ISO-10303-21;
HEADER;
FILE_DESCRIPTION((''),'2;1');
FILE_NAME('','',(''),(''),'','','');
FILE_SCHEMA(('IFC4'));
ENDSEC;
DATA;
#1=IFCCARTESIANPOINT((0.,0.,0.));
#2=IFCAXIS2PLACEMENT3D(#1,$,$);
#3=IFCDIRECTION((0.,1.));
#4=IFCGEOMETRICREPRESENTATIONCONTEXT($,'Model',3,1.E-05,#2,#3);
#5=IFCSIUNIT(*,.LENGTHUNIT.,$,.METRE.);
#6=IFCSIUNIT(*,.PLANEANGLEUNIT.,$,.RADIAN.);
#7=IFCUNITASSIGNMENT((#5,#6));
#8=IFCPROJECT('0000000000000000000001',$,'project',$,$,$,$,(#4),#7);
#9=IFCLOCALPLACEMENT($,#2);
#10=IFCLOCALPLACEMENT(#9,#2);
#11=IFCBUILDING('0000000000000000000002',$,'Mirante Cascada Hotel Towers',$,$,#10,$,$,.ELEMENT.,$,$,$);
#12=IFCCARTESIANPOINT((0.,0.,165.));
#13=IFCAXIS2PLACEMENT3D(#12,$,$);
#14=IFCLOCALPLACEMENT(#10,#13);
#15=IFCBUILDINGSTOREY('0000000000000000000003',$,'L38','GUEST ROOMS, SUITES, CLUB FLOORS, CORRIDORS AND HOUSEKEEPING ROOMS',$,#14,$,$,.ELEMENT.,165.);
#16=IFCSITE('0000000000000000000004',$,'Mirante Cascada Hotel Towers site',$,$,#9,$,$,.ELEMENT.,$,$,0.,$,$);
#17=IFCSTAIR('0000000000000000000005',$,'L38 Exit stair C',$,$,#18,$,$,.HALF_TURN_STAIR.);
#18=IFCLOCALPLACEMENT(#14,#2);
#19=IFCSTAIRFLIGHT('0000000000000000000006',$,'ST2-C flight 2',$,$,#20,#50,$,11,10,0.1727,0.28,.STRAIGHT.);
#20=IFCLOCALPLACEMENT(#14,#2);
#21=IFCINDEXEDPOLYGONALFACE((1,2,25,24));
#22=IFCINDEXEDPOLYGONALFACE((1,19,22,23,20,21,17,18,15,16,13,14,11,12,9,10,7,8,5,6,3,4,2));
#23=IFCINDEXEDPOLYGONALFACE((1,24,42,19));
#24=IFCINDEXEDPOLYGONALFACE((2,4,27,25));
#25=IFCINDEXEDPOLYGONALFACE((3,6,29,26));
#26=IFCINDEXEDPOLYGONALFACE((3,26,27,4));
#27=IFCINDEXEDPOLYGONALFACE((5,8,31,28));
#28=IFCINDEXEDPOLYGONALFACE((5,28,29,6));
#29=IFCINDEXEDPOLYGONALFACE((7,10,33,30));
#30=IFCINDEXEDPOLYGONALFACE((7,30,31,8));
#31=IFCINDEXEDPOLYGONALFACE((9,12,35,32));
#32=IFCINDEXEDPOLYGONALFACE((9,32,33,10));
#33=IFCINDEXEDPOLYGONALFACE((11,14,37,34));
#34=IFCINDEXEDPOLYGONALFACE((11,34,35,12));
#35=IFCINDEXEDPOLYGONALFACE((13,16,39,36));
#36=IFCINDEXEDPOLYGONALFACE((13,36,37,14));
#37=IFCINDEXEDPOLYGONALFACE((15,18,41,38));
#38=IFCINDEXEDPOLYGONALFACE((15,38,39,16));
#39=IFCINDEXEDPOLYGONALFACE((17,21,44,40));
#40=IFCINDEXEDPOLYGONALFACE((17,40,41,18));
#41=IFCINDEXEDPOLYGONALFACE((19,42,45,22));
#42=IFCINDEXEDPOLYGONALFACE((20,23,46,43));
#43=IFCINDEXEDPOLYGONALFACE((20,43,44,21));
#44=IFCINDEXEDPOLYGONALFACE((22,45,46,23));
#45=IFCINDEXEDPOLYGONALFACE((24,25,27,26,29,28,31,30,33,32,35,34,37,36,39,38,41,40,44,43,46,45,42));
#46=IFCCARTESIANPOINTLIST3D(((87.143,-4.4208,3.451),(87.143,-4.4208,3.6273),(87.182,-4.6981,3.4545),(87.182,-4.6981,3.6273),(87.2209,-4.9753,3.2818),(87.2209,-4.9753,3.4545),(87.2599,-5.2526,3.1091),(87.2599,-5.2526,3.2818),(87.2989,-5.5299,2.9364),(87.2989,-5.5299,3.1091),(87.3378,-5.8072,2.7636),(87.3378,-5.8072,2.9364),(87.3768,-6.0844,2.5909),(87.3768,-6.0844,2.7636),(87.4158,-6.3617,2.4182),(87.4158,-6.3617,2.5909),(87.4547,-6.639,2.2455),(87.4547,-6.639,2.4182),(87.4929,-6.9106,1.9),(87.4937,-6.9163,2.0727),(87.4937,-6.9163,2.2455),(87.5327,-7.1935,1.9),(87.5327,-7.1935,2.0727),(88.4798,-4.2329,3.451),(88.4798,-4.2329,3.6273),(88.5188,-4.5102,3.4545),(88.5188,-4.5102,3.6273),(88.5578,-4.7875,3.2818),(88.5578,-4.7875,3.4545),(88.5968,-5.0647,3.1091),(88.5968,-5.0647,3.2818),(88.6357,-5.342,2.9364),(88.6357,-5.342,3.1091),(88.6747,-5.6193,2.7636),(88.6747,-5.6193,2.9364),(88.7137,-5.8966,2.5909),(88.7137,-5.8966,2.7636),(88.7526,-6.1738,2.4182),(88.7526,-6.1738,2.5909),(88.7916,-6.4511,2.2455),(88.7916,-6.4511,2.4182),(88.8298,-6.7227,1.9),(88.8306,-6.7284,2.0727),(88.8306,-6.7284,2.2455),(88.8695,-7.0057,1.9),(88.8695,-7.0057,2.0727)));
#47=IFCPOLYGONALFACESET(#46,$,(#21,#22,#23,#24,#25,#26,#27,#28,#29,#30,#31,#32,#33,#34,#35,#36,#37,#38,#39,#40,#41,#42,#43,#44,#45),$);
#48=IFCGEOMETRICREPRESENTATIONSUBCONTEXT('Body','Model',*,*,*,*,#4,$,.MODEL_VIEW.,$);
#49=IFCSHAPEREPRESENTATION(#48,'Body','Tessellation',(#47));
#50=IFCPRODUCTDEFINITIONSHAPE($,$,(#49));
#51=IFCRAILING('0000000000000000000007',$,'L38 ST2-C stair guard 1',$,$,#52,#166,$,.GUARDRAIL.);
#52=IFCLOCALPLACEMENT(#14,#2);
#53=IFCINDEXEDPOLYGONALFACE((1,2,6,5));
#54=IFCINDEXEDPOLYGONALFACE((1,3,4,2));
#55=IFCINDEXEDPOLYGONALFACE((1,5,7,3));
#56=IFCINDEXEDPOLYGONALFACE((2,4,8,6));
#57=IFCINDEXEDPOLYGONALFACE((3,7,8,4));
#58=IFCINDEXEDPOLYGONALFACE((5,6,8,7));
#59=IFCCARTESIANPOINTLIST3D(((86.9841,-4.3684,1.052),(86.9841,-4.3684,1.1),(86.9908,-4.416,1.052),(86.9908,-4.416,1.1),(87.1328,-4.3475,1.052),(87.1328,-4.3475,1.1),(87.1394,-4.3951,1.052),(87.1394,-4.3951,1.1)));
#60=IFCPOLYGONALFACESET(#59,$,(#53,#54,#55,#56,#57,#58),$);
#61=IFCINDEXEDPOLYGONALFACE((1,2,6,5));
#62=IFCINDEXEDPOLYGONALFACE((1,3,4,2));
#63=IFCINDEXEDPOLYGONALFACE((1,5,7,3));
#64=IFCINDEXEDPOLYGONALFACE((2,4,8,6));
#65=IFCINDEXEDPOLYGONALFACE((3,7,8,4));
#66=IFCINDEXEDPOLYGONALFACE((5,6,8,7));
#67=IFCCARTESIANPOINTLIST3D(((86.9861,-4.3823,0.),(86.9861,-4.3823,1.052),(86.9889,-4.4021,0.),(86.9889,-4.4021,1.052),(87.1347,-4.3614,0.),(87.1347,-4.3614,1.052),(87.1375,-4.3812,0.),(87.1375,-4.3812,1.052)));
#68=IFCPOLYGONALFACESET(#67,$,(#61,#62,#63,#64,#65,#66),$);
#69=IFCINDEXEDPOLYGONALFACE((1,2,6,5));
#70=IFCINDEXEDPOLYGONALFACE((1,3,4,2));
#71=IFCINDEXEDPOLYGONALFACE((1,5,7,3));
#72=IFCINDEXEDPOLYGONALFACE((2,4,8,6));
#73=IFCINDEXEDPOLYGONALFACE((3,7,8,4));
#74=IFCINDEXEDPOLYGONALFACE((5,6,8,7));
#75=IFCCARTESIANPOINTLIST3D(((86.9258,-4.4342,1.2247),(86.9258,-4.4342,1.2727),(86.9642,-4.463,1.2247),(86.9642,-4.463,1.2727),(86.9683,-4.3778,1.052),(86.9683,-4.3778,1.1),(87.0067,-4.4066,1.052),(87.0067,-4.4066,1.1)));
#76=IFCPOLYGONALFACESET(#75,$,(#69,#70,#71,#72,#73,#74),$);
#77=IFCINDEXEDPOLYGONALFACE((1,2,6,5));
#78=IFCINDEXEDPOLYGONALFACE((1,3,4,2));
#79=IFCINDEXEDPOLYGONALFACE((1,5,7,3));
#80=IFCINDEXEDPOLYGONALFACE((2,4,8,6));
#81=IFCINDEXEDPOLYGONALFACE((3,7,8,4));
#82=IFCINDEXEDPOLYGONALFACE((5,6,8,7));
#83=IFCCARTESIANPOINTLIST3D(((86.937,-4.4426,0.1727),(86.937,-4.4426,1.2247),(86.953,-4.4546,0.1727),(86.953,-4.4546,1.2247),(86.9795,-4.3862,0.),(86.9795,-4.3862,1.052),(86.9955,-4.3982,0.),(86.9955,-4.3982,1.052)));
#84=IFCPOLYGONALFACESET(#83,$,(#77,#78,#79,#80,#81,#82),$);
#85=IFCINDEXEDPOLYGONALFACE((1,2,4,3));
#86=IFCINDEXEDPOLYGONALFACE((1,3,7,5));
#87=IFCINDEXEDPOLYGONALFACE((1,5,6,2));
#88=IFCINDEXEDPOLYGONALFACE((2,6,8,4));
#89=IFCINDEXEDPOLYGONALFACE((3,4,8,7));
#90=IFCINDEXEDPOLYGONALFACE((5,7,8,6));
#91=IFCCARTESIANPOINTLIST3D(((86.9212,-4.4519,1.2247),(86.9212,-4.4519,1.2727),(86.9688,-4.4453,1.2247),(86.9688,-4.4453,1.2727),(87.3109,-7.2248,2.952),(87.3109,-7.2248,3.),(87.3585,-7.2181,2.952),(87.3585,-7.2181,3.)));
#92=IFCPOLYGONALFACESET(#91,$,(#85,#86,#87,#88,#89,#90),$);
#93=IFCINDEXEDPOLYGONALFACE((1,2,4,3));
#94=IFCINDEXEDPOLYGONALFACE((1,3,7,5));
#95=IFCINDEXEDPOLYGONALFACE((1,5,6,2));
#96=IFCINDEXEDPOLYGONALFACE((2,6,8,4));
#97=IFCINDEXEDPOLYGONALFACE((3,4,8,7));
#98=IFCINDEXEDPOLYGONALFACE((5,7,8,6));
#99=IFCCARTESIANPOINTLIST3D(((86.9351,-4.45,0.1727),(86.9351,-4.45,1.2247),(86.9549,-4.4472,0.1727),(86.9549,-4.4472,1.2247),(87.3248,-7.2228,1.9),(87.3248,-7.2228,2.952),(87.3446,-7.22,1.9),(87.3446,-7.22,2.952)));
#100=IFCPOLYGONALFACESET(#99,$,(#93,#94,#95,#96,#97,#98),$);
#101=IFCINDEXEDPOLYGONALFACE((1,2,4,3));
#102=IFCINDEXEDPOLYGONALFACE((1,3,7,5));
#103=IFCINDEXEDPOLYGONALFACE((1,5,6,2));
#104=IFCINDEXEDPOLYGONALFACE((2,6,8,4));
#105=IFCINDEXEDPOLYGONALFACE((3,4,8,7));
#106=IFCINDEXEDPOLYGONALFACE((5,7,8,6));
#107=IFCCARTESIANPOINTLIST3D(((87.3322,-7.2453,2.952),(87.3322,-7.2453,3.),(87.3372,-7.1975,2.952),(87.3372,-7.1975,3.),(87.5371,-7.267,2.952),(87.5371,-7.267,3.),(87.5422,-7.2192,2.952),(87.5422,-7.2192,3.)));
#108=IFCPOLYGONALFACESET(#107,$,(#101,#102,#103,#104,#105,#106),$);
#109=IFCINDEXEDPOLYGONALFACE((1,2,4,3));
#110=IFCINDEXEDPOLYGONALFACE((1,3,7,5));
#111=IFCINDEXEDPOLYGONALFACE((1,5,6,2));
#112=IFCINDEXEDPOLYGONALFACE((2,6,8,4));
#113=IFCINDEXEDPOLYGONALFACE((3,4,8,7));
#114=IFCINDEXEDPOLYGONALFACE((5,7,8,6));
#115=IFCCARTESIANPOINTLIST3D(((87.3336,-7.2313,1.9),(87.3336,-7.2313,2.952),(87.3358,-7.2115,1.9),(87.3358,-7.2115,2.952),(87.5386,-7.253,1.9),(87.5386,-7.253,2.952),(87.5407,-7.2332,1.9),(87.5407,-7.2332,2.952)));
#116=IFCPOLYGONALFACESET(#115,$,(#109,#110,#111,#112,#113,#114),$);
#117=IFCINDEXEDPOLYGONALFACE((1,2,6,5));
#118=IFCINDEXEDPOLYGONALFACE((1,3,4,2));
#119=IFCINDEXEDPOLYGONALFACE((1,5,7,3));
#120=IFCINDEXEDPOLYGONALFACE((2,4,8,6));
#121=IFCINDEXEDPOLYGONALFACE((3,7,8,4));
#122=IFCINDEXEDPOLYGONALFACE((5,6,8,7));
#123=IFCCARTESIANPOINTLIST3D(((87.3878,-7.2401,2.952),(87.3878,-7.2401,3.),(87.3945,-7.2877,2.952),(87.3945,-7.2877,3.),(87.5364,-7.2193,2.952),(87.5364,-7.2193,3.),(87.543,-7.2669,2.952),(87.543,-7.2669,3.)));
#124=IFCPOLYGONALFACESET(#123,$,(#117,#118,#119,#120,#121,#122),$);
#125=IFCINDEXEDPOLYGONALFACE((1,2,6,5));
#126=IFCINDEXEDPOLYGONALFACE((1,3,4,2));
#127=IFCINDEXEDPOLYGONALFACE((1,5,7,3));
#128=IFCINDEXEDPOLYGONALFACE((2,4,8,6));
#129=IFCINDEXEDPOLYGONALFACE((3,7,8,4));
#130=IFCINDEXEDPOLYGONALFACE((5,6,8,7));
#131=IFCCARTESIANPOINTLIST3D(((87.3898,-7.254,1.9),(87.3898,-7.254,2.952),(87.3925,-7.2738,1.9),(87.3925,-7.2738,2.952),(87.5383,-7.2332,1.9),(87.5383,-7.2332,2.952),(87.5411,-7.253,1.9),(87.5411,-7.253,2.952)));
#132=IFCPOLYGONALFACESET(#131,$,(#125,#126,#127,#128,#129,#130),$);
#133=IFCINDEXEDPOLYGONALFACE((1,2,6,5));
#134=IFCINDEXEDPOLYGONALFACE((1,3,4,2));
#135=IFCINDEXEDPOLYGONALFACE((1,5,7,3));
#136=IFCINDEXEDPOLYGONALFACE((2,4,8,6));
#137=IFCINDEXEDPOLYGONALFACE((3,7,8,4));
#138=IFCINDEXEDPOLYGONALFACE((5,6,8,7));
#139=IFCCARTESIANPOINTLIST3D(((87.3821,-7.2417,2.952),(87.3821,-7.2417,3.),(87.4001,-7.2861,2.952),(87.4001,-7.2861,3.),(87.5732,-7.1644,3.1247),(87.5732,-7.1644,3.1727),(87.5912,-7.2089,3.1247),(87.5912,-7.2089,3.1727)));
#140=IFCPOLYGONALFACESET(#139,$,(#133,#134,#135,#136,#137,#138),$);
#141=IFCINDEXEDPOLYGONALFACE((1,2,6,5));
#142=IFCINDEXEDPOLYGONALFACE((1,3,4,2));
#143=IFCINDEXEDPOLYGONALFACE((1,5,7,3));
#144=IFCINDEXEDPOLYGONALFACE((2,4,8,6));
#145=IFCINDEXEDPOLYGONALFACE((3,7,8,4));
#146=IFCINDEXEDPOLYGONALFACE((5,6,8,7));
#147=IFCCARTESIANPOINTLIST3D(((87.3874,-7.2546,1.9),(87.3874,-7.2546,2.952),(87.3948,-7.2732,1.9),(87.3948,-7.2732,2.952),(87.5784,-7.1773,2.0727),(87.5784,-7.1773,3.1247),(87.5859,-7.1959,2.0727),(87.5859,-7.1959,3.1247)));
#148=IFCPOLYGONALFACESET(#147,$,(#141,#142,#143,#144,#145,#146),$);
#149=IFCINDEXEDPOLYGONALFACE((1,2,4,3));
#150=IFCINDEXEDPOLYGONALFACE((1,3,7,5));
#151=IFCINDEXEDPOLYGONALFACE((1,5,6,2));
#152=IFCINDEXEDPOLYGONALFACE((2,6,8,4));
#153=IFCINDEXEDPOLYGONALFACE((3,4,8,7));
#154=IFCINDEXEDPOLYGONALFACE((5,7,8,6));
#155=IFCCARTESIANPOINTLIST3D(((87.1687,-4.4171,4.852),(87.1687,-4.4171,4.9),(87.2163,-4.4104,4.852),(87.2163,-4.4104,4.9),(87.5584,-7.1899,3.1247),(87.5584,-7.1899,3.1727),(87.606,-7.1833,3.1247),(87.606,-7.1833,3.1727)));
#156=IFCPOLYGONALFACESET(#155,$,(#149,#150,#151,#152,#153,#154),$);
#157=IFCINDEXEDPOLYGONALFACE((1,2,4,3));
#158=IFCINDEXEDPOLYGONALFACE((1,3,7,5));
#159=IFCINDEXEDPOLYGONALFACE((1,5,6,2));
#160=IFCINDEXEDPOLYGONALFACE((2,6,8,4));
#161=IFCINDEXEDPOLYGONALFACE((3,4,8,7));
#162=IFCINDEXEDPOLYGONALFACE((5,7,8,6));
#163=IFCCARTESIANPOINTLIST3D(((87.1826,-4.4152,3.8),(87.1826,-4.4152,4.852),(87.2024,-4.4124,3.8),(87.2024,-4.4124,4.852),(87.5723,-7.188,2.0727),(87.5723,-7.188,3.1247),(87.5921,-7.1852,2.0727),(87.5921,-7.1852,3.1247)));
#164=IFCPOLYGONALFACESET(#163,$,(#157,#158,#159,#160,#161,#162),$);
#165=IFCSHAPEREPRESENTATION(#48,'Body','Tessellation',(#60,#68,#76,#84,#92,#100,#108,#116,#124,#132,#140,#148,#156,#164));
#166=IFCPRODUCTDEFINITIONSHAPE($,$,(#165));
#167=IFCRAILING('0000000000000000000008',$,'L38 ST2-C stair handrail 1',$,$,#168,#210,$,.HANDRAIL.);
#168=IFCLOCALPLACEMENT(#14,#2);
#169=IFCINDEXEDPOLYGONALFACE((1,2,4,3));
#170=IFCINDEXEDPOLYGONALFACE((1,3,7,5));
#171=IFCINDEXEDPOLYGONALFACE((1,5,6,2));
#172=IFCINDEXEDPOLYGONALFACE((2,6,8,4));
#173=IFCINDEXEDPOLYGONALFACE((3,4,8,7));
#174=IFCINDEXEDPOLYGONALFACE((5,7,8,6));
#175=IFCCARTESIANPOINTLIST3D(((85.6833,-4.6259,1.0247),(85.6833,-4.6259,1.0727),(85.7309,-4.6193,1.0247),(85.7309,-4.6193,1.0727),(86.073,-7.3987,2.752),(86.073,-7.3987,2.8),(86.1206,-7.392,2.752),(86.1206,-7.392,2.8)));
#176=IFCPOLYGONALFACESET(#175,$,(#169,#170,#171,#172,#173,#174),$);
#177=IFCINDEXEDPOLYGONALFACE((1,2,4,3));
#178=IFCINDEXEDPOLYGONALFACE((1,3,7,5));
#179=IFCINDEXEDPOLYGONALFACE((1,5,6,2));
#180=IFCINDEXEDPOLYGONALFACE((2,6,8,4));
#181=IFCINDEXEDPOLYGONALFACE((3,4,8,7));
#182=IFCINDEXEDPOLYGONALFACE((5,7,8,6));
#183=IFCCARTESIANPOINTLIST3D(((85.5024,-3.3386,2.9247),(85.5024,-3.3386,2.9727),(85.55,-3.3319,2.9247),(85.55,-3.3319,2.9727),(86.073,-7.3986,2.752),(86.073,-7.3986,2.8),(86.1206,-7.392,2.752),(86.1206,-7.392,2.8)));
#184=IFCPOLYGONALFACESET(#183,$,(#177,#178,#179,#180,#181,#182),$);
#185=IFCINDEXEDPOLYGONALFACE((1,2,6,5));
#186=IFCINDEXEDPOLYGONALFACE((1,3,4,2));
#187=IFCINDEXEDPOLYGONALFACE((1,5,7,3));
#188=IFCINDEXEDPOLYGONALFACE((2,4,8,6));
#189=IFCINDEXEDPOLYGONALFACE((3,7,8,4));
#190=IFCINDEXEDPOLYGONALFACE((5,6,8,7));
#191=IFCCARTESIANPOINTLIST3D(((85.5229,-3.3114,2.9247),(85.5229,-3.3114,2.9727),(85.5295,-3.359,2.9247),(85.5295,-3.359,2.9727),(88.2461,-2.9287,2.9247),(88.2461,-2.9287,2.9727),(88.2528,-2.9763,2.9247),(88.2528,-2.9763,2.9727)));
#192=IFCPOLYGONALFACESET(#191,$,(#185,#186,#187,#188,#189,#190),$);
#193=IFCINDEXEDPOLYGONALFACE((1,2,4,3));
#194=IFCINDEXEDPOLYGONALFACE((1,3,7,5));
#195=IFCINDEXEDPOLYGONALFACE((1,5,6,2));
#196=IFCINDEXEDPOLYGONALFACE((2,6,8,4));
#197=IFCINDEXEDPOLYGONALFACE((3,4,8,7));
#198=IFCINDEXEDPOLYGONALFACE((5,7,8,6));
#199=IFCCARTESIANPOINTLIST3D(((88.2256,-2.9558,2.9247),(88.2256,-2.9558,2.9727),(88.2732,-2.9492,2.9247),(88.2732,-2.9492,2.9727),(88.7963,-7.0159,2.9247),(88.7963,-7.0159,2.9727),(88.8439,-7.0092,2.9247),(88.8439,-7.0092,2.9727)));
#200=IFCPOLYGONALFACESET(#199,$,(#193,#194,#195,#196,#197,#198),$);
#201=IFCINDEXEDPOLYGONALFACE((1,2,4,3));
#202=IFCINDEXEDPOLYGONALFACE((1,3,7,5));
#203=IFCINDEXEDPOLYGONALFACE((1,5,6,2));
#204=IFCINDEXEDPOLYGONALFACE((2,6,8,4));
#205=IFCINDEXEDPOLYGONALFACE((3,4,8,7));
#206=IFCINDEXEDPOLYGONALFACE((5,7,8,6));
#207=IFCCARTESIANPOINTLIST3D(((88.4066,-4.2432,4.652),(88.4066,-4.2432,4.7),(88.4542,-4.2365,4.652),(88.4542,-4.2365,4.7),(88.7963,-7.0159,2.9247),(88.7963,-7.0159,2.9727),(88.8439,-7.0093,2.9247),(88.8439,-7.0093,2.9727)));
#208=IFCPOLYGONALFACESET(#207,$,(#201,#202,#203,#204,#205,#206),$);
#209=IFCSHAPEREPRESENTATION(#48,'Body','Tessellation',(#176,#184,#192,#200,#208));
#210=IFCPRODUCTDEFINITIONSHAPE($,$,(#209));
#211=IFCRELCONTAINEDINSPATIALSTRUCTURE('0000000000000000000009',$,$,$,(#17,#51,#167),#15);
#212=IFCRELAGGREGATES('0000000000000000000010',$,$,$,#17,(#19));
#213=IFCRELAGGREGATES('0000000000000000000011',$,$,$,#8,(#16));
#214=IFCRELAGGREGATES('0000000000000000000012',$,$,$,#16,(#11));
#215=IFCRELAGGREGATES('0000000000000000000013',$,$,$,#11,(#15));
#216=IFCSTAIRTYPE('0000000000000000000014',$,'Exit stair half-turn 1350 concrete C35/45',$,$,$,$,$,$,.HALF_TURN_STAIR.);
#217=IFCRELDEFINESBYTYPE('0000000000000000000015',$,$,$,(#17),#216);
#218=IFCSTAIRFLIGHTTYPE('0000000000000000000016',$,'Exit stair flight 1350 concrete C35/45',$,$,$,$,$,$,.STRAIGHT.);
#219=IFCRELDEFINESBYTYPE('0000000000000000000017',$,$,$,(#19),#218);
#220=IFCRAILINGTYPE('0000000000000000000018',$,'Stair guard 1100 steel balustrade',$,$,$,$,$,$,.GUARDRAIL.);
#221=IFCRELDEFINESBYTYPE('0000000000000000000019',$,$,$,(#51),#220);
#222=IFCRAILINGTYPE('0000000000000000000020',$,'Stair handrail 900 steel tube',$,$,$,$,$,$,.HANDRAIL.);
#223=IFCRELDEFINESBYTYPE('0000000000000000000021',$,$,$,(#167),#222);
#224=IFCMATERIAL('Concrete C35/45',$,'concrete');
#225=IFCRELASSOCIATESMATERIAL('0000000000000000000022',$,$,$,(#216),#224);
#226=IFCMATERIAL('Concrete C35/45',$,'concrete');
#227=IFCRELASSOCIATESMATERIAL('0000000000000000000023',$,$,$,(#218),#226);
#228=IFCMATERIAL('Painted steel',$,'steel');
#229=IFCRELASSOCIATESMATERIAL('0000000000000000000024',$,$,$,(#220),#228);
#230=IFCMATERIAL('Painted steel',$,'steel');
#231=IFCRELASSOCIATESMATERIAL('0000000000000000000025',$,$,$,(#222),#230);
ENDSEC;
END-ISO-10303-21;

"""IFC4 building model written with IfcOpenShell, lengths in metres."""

from ifc_helpers import new_model, si_unit, direction, frame, origin, origin_2d, place, context, subcontext, project, spatial, polyline, rectangle, outline, extrude, material, type_object, element, aggregate, save


model = new_model("IFC4")

# Units and contexts
model_context = context("Model", 3, precision=1e-05, world=origin(), true_north=direction((0.0, 1.0)))
body_context = subcontext(model_context, "Body", "Model", "MODEL_VIEW")
ifc_project = project(units=[si_unit("LENGTHUNIT", "METRE"), si_unit("PLANEANGLEUNIT", "RADIAN")], contexts=[model_context])

# Site, building, storey
site_placement = place(None, origin())
site = spatial("IfcSite", under=ifc_project, at=site_placement, Name="Mirante Cascada Hotel Towers site", CompositionType="ELEMENT", RefElevation=0.0)
building_placement = place(site_placement, origin())
building = spatial("IfcBuilding", under=site, at=building_placement, Name="Mirante Cascada Hotel Towers", CompositionType="ELEMENT")
storey_placement = place(building_placement, frame((0.0, 0.0, 165.0)))
storey = spatial("IfcBuildingStorey", under=building, at=storey_placement, Name="L38", Description="GUEST ROOMS, SUITES, CLUB FLOORS, CORRIDORS AND HOUSEKEEPING ROOMS", CompositionType="ELEMENT", Elevation=165.0)

# Stair, stair flight
ifc_material_1 = material(Name="Concrete C35/45", Category="concrete")
stair_type = type_object("IfcStairType", Name="Exit stair half-turn 1350 concrete C35/45", PredefinedType="HALF_TURN_STAIR", material=ifc_material_1)
stair_placement = place(storey_placement, origin())
stair = element("IfcStair", 1, at=stair_placement, inside=storey, type_object=stair_type, Name="L38 Exit stair C", PredefinedType="HALF_TURN_STAIR")
ifc_material_2 = material(Name="Concrete C35/45", Category="concrete")
stair_flight_type = type_object("IfcStairFlightType", Name="Exit stair flight 1350 concrete C35/45", PredefinedType="STRAIGHT", material=ifc_material_2)
stair_flight_1_placement = place(storey_placement, frame((88.2011, -7.0996, 1.9), z_axis=(0.0, 0.0, 1.0), x_axis=(-0.139173, 0.990268, 0.0)))
stair_flight_1 = element("IfcStairFlight", 2, at=stair_flight_1_placement, type_object=stair_flight_type, Name="ST2-C flight 2", NumberOfRisers=11, NumberOfTreads=10, PredefinedType="STRAIGHT", RiserHeight=0.1727, TreadLength=0.28, context=body_context, shape_type="SweptSolid", body=[
    extrude(outline(polyline([(0.0, 0.0), (0.0, 0.1727), (0.28, 0.1727), (0.28, 0.3455), (0.56, 0.3455), (0.56, 0.5182), (0.84, 0.5182), (0.84, 0.6909), (1.12, 0.6909), (1.12, 0.8636), (1.4, 0.8636), (1.4, 1.0364), (1.68, 1.0364), (1.68, 1.2091), (1.96, 1.2091), (1.96, 1.3818), (2.24, 1.3818), (2.24, 1.5545), (2.52, 1.5545), (2.52, 1.7273), (2.8, 1.7273), (2.8, 1.9), (2.8, 1.551), (0.2857, 0.0), (0.0, 0.0)])), frame((0.0, 0.675, 0.0), z_axis=(0.0, -1.0, 0.0), x_axis=(1.0, 0.0, 0.0)), (0.0, 0.0, 1.0), 1.35),
])
aggregate(stair, [stair_flight_1])

# Railings
ifc_material_3 = material(Name="Painted steel", Category="steel")
railing_type_1 = type_object("IfcRailingType", Name="Stair guard 1100 steel balustrade", PredefinedType="GUARDRAIL", material=ifc_material_3)
railing_1_placement = place(storey_placement, frame((87.1361, -4.3713, 0.0)))
element("IfcRailing", 3, at=railing_1_placement, inside=storey, type_object=railing_type_1, Name="L38 ST2-C stair guard 1", PredefinedType="GUARDRAIL", context=body_context, shape_type="SweptSolid", body=[
    extrude(rectangle(XDim=0.048, YDim=0.048, at=origin_2d()), frame((0.0, 0.0, 1.076), z_axis=(-0.990254, -0.139275, 0.0), x_axis=(0.139275, -0.990254, 0.0)), (0.0, 0.0, 1.0), 0.1501),
    extrude(rectangle(XDim=0.02, YDim=1.052, at=origin_2d()), frame((0.0, 0.0, 0.526), z_axis=(-0.990254, -0.139275, 0.0), x_axis=(0.139275, -0.990254, 0.0)), (0.0, 0.0, 1.0), 0.1501),
    extrude(rectangle(XDim=0.048, YDim=0.048, at=origin_2d()), frame((-0.1486, -0.0209, 1.076), z_axis=(-0.601811, -0.798639, 0.0), x_axis=(0.798639, -0.601811, 0.0)), (0.0, 0.925603, 0.378496), 0.1866),
    extrude(rectangle(XDim=0.02, YDim=1.052, at=origin_2d()), frame((-0.1486, -0.0209, 0.526), z_axis=(-0.601811, -0.798639, 0.0), x_axis=(0.798639, -0.601811, 0.0)), (0.0, 0.925603, 0.378496), 0.1866),
    extrude(rectangle(XDim=0.048, YDim=0.048, at=origin_2d()), frame((-0.1911, -0.0773, 1.2487), z_axis=(0.139176, -0.990268, 0.0), x_axis=(0.990268, 0.139176, 0.0)), (0.0, 0.525021, 0.851089), 3.29),
    extrude(rectangle(XDim=0.02, YDim=1.052, at=origin_2d()), frame((-0.1911, -0.0773, 0.6987), z_axis=(0.139176, -0.990268, 0.0), x_axis=(0.990268, 0.139176, 0.0)), (0.0, 0.525021, 0.851089), 3.29),
    extrude(rectangle(XDim=0.048, YDim=0.048, at=origin_2d()), frame((0.1986, -2.8501, 2.976), z_axis=(0.994444, -0.105266, 0.0), x_axis=(0.105266, 0.994444, 0.0)), (0.0, 0.0, 1.0), 0.2061),
    extrude(rectangle(XDim=0.02, YDim=1.052, at=origin_2d()), frame((0.1986, -2.8501, 2.426), z_axis=(0.994444, -0.105266, 0.0), x_axis=(0.105266, 0.994444, 0.0)), (0.0, 0.0, 1.0), 0.2061),
    extrude(rectangle(XDim=0.048, YDim=0.048, at=origin_2d()), frame((0.4036, -2.8718, 2.976), z_axis=(-0.990345, -0.138622, 0.0), x_axis=(0.138622, -0.990345, 0.0)), (0.0, 0.0, 1.0), 0.15),
    extrude(rectangle(XDim=0.02, YDim=1.052, at=origin_2d()), frame((0.4036, -2.8718, 2.426), z_axis=(-0.990345, -0.138622, 0.0), x_axis=(0.138622, -0.990345, 0.0)), (0.0, 0.0, 1.0), 0.15),
    extrude(rectangle(XDim=0.048, YDim=0.048, at=origin_2d()), frame((0.255, -2.8926, 2.976), z_axis=(0.927031, 0.374984, 0.0), x_axis=(-0.374984, 0.927031, 0.0)), (0.0, 0.64219, 0.766545), 0.2689),
    extrude(rectangle(XDim=0.02, YDim=1.052, at=origin_2d()), frame((0.255, -2.8926, 2.426), z_axis=(0.927031, 0.374984, 0.0), x_axis=(-0.374984, 0.927031, 0.0)), (0.0, 0.64219, 0.766545), 0.2689),
    extrude(rectangle(XDim=0.048, YDim=0.048, at=origin_2d()), frame((0.4461, -2.8153, 3.1487), z_axis=(-0.139176, 0.990268, 0.0), x_axis=(-0.990268, -0.139176, 0.0)), (0.0, 0.525021, 0.851089), 3.29),
    extrude(rectangle(XDim=0.02, YDim=1.052, at=origin_2d()), frame((0.4461, -2.8153, 2.5987), z_axis=(-0.139176, 0.990268, 0.0), x_axis=(-0.990268, -0.139176, 0.0)), (0.0, 0.525021, 0.851089), 3.29),
])
ifc_material_4 = material(Name="Painted steel", Category="steel")
railing_type_2 = type_object("IfcRailingType", Name="Stair handrail 900 steel tube", PredefinedType="HANDRAIL", material=ifc_material_4)
railing_2_placement = place(storey_placement, frame((85.7071, -4.6226, 0.1727)))
element("IfcRailing", 4, at=railing_2_placement, inside=storey, type_object=railing_type_2, Name="L38 ST2-C stair handrail 1", PredefinedType="HANDRAIL", context=body_context, shape_type="SweptSolid", body=[
    extrude(rectangle(XDim=0.048, YDim=0.048, at=origin_2d()), frame((0.0, 0.0, 0.876), z_axis=(0.139181, -0.990267, 0.0), x_axis=(0.990267, 0.139181, 0.0)), (0.0, 0.525035, 0.851081), 3.2899),
    extrude(rectangle(XDim=0.048, YDim=0.048, at=origin_2d()), frame((0.3897, -2.7727, 2.6033), z_axis=(-0.139171, 0.990268, 0.0), x_axis=(-0.990268, -0.139171, 0.0)), (0.0, 0.042085, 0.999114), 4.1036),
    extrude(rectangle(XDim=0.048, YDim=0.048, at=origin_2d()), frame((-0.1809, 1.2874, 2.776), z_axis=(0.990269, 0.139166, 0.0), x_axis=(-0.139166, 0.990269, 0.0)), (0.0, 0.0, 1.0), 2.75),
    extrude(rectangle(XDim=0.048, YDim=0.048, at=origin_2d()), frame((2.5423, 1.6701, 2.776), z_axis=(0.139195, -0.990265, 0.0), x_axis=(0.990265, 0.139195, 0.0)), (0.0, 0.0, 1.0), 4.1),
    extrude(rectangle(XDim=0.048, YDim=0.048, at=origin_2d()), frame((3.113, -2.39, 2.776), z_axis=(-0.139181, 0.990267, 0.0), x_axis=(-0.990267, -0.139181, 0.0)), (0.0, 0.525035, 0.851081), 3.2899),
])

save(model, "model.ifc")
